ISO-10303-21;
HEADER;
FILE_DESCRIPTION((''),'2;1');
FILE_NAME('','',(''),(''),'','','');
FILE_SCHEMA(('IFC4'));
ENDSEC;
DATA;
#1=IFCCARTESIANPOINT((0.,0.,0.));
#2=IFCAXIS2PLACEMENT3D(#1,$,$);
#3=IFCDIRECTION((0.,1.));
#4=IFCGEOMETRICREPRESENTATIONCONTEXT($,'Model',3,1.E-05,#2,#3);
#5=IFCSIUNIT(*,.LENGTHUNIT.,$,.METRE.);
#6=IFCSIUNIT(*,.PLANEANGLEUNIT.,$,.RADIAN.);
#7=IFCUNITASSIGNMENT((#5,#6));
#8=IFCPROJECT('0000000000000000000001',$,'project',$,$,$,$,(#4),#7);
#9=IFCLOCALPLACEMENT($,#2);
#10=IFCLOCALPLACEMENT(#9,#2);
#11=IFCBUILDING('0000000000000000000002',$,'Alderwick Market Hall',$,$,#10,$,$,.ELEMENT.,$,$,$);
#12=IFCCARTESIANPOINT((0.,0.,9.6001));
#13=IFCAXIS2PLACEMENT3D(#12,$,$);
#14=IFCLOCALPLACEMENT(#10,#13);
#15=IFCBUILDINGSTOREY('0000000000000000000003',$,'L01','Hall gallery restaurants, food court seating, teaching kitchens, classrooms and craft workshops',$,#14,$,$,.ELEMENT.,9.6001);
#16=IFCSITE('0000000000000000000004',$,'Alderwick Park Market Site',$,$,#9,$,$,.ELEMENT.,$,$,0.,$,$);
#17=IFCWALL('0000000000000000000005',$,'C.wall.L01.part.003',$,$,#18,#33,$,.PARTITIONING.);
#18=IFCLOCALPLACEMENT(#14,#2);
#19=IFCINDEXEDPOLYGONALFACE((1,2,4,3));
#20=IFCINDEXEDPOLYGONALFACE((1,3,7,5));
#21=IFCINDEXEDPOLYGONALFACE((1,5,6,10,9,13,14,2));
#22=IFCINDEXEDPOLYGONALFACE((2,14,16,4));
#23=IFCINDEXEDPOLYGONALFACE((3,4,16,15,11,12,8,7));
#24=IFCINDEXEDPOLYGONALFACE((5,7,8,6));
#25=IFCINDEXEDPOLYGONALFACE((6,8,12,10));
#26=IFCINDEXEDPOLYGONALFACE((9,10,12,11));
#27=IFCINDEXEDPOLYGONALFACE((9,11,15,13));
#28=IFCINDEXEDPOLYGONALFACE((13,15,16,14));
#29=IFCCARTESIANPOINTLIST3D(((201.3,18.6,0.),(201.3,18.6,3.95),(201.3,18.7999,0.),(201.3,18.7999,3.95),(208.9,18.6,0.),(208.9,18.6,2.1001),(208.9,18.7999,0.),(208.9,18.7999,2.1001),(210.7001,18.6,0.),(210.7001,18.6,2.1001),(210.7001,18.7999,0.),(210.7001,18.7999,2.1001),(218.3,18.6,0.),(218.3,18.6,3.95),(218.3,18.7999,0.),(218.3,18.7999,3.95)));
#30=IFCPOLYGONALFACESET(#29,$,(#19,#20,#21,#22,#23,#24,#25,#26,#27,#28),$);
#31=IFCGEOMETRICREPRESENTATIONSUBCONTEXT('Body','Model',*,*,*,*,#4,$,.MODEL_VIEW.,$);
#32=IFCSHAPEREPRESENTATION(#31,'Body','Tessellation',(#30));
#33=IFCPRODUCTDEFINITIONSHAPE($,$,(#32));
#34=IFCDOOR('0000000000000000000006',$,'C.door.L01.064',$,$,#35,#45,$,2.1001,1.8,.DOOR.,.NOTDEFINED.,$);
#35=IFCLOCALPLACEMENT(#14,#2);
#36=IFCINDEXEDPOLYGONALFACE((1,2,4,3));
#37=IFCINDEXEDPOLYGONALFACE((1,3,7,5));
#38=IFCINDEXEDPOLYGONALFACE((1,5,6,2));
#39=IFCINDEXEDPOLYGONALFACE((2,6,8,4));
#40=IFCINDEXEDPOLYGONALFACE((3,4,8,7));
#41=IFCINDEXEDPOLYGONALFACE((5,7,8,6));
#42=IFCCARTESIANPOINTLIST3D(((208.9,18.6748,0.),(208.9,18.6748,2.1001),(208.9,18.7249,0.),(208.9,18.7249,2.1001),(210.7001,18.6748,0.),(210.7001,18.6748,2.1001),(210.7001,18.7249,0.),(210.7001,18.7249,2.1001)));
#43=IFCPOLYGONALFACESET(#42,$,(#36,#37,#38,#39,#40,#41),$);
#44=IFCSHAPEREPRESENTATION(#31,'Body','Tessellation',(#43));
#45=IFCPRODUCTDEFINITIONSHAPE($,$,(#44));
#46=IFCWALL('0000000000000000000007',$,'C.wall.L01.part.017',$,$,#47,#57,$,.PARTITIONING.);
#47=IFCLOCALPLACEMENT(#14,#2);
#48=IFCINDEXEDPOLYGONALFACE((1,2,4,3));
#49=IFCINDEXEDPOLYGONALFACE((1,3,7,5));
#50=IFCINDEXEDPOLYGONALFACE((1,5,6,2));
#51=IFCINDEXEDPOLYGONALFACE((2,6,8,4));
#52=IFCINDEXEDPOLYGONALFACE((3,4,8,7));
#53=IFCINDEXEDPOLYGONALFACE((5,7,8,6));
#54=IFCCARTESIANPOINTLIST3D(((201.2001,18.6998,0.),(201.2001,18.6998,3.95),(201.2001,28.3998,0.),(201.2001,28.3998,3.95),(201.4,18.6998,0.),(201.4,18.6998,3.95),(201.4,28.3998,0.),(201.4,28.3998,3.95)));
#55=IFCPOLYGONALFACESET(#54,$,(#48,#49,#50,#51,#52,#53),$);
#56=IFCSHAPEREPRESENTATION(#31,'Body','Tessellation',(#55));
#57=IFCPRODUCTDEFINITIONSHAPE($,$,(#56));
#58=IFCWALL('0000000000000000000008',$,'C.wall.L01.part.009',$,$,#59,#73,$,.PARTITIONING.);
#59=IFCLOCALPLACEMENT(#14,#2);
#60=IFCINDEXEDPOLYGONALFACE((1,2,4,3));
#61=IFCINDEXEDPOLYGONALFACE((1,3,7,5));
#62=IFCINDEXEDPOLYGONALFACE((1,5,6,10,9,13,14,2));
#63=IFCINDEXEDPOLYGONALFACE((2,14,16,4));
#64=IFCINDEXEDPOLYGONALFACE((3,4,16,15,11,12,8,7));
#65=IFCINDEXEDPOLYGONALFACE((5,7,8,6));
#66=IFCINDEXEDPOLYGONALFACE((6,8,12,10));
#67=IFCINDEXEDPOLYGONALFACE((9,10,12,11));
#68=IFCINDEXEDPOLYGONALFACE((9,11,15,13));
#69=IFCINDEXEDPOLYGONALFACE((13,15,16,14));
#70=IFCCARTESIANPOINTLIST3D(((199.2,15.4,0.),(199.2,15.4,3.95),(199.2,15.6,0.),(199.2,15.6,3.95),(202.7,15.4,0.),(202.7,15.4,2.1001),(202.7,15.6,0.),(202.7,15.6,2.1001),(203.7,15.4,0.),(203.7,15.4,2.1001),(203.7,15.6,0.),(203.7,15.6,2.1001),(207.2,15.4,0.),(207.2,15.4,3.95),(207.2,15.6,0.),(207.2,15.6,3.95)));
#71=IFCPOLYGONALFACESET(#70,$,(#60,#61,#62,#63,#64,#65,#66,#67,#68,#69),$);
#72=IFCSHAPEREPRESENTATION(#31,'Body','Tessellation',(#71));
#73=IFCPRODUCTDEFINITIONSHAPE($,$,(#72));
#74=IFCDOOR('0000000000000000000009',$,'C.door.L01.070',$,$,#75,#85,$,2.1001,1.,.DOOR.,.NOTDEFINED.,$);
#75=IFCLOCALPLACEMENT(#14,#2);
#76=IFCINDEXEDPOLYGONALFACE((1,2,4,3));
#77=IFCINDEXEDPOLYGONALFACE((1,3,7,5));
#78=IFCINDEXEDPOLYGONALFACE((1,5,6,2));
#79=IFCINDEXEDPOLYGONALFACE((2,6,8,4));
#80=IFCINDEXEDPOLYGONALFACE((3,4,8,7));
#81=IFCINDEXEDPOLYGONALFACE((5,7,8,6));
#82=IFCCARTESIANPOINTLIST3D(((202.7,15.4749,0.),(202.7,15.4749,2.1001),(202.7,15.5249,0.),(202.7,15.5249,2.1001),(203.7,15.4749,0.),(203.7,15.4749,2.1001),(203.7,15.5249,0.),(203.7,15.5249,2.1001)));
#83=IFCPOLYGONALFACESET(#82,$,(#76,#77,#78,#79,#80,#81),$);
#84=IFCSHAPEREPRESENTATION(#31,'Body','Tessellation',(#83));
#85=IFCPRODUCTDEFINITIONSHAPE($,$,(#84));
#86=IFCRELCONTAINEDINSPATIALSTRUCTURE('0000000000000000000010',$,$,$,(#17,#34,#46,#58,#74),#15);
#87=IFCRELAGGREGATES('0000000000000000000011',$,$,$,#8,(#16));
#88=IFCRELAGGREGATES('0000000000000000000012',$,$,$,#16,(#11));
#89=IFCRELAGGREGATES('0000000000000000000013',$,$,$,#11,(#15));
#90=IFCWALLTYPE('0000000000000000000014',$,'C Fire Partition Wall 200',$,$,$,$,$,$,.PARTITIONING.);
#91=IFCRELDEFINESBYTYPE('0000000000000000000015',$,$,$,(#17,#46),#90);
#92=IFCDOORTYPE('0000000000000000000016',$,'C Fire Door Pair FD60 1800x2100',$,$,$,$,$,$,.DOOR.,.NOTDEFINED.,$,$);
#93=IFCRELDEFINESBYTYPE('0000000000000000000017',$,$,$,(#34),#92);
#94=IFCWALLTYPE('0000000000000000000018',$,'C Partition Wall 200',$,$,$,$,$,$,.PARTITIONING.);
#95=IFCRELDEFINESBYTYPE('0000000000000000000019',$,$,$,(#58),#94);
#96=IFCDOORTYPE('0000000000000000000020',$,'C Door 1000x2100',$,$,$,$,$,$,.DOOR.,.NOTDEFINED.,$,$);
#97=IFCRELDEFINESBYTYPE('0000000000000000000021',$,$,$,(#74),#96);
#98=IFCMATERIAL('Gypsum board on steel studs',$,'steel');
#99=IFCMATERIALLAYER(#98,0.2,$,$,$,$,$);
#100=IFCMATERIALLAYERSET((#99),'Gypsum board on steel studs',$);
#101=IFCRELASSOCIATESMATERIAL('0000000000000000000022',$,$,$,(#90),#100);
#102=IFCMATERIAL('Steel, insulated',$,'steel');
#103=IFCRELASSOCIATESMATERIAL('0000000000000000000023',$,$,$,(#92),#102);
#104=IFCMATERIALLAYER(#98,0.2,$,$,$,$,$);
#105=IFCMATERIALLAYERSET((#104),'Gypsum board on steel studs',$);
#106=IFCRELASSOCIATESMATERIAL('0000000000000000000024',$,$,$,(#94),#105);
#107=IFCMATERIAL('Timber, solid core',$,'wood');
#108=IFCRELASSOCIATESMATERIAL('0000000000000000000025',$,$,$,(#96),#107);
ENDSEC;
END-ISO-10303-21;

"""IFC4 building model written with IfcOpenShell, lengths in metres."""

from ifc_helpers import new_model, si_unit, direction, frame, frame_2d, origin, place, context, subcontext, project, spatial, rectangle, extrude, material, layer, layer_set, type_object, element, fill, save


model = new_model("IFC4")

# Units and contexts
model_context = context("Model", 3, precision=1e-05, world=origin(), true_north=direction((0.0, 1.0)))
body_context = subcontext(model_context, "Body", "Model", "MODEL_VIEW")
ifc_project = project(units=[si_unit("LENGTHUNIT", "METRE"), si_unit("PLANEANGLEUNIT", "RADIAN")], contexts=[model_context])

# Site, building, storey
site_placement = place(None, origin())
site = spatial("IfcSite", under=ifc_project, at=site_placement, Name="Alderwick Park Market Site", CompositionType="ELEMENT", RefElevation=0.0)
building_placement = place(site_placement, origin())
building = spatial("IfcBuilding", under=site, at=building_placement, Name="Alderwick Market Hall", CompositionType="ELEMENT")
storey_placement = place(building_placement, frame((0.0, 0.0, 9.6001)))
storey = spatial("IfcBuildingStorey", under=building, at=storey_placement, Name="L01", Description="Hall gallery restaurants, food court seating, teaching kitchens, classrooms and craft workshops", CompositionType="ELEMENT", Elevation=9.6001)

# Shared definitions
ifc_material_1 = material(Name="Timber, solid core", Category="wood")

# Wall, opening, door
ifc_material_2 = material(Name="Gypsum board on steel studs", Category="steel")
ifc_layer_1 = layer(ifc_material_2, 0.2)
ifc_layer_set_1 = layer_set([ifc_layer_1], Name="Gypsum board on steel studs")
wall_type_1 = type_object("IfcWallType", Name="C Fire Partition Wall 200", PredefinedType="PARTITIONING", material=ifc_layer_set_1)
wall_1_placement = place(storey_placement, frame((201.3, 18.7, 0.0), z_axis=(0.0, 0.0, 1.0), x_axis=(1.0, 0.0, 0.0)))
wall_1 = element("IfcWall", 1, at=wall_1_placement, inside=storey, type_object=wall_type_1, Name="C.wall.L01.part.003", PredefinedType="PARTITIONING", context=body_context, shape_type="SweptSolid", body=[
    extrude(rectangle(XDim=17.0, YDim=0.2, at=frame_2d((8.5, 0.0))), origin(), (0.0, 0.0, 1.0), 3.95),
])
opening_1_placement = place(wall_1_placement, frame((7.6001, 0.0, 0.0)))
opening_1 = element("IfcOpeningElement", 2, at=opening_1_placement, cuts=wall_1, PredefinedType="OPENING", context=body_context, shape_type="SweptSolid", body=[
    extrude(rectangle(XDim=1.8, YDim=2.1001, at=frame_2d((0.8999, 1.05))), frame((0.0, 0.1099, 0.0), z_axis=(0.0, -1.0, 0.0), x_axis=(1.0, 0.0, 0.0)), (0.0, 0.0, 1.0), 0.22),
])
ifc_material_3 = material(Name="Steel, insulated", Category="steel")
door_type_1 = type_object("IfcDoorType", Name="C Fire Door Pair FD60 1800x2100", OperationType="NOTDEFINED", PredefinedType="DOOR", material=ifc_material_3)
door_1_placement = place(opening_1_placement, origin())
door_1 = element("IfcDoor", 3, at=door_1_placement, inside=storey, type_object=door_type_1, Name="C.door.L01.064", OperationType="NOTDEFINED", OverallHeight=2.1001, OverallWidth=1.8, PredefinedType="DOOR", context=body_context, shape_type="SweptSolid", body=[
    extrude(rectangle(XDim=1.8, YDim=2.1001, at=frame_2d((0.8999, 1.05))), frame((0.0, 0.0249, 0.0), z_axis=(0.0, -1.0, 0.0), x_axis=(1.0, 0.0, 0.0)), (0.0, 0.0, 1.0), 0.05),
])
fill(opening_1, door_1)

# Wall
wall_2_placement = place(storey_placement, frame((201.3, 28.3999, 0.0), z_axis=(0.0, 0.0, 1.0), x_axis=(0.0, -1.0, 0.0)))
element("IfcWall", 4, at=wall_2_placement, inside=storey, type_object=wall_type_1, Name="C.wall.L01.part.017", PredefinedType="PARTITIONING", context=body_context, shape_type="SweptSolid", body=[
    extrude(rectangle(XDim=9.7, YDim=0.2, at=frame_2d((4.8501, 0.0))), origin(), (0.0, 0.0, 1.0), 3.95),
])

# Wall, opening, door
ifc_layer_2 = layer(ifc_material_2, 0.2)
ifc_layer_set_2 = layer_set([ifc_layer_2], Name="Gypsum board on steel studs")
wall_type_2 = type_object("IfcWallType", Name="C Partition Wall 200", PredefinedType="PARTITIONING", material=ifc_layer_set_2)
wall_3_placement = place(storey_placement, frame((199.2, 15.5, 0.0), z_axis=(0.0, 0.0, 1.0), x_axis=(1.0, 0.0, 0.0)))
wall_3 = element("IfcWall", 5, at=wall_3_placement, inside=storey, type_object=wall_type_2, Name="C.wall.L01.part.009", PredefinedType="PARTITIONING", context=body_context, shape_type="SweptSolid", body=[
    extrude(rectangle(XDim=8.0, YDim=0.2, at=frame_2d((4.0, 0.0))), origin(), (0.0, 0.0, 1.0), 3.95),
])
opening_2_placement = place(wall_3_placement, frame((3.5, 0.0, 0.0)))
opening_2 = element("IfcOpeningElement", 6, at=opening_2_placement, cuts=wall_3, PredefinedType="OPENING", context=body_context, shape_type="SweptSolid", body=[
    extrude(rectangle(XDim=1.0, YDim=2.1001, at=frame_2d((0.5, 1.05))), frame((0.0, 0.1099, 0.0), z_axis=(0.0, -1.0, 0.0), x_axis=(1.0, 0.0, 0.0)), (0.0, 0.0, 1.0), 0.22),
])
door_type_2 = type_object("IfcDoorType", Name="C Door 1000x2100", OperationType="NOTDEFINED", PredefinedType="DOOR", material=ifc_material_1)
door_2_placement = place(opening_2_placement, origin())
door_2 = element("IfcDoor", 7, at=door_2_placement, inside=storey, type_object=door_type_2, Name="C.door.L01.070", OperationType="NOTDEFINED", OverallHeight=2.1001, OverallWidth=1.0, PredefinedType="DOOR", context=body_context, shape_type="SweptSolid", body=[
    extrude(rectangle(XDim=1.0, YDim=2.1001, at=frame_2d((0.5, 1.05))), frame((0.0, 0.0249, 0.0), z_axis=(0.0, -1.0, 0.0), x_axis=(1.0, 0.0, 0.0)), (0.0, 0.0, 1.0), 0.05),
])
fill(opening_2, door_2)

save(model, "model.ifc")
